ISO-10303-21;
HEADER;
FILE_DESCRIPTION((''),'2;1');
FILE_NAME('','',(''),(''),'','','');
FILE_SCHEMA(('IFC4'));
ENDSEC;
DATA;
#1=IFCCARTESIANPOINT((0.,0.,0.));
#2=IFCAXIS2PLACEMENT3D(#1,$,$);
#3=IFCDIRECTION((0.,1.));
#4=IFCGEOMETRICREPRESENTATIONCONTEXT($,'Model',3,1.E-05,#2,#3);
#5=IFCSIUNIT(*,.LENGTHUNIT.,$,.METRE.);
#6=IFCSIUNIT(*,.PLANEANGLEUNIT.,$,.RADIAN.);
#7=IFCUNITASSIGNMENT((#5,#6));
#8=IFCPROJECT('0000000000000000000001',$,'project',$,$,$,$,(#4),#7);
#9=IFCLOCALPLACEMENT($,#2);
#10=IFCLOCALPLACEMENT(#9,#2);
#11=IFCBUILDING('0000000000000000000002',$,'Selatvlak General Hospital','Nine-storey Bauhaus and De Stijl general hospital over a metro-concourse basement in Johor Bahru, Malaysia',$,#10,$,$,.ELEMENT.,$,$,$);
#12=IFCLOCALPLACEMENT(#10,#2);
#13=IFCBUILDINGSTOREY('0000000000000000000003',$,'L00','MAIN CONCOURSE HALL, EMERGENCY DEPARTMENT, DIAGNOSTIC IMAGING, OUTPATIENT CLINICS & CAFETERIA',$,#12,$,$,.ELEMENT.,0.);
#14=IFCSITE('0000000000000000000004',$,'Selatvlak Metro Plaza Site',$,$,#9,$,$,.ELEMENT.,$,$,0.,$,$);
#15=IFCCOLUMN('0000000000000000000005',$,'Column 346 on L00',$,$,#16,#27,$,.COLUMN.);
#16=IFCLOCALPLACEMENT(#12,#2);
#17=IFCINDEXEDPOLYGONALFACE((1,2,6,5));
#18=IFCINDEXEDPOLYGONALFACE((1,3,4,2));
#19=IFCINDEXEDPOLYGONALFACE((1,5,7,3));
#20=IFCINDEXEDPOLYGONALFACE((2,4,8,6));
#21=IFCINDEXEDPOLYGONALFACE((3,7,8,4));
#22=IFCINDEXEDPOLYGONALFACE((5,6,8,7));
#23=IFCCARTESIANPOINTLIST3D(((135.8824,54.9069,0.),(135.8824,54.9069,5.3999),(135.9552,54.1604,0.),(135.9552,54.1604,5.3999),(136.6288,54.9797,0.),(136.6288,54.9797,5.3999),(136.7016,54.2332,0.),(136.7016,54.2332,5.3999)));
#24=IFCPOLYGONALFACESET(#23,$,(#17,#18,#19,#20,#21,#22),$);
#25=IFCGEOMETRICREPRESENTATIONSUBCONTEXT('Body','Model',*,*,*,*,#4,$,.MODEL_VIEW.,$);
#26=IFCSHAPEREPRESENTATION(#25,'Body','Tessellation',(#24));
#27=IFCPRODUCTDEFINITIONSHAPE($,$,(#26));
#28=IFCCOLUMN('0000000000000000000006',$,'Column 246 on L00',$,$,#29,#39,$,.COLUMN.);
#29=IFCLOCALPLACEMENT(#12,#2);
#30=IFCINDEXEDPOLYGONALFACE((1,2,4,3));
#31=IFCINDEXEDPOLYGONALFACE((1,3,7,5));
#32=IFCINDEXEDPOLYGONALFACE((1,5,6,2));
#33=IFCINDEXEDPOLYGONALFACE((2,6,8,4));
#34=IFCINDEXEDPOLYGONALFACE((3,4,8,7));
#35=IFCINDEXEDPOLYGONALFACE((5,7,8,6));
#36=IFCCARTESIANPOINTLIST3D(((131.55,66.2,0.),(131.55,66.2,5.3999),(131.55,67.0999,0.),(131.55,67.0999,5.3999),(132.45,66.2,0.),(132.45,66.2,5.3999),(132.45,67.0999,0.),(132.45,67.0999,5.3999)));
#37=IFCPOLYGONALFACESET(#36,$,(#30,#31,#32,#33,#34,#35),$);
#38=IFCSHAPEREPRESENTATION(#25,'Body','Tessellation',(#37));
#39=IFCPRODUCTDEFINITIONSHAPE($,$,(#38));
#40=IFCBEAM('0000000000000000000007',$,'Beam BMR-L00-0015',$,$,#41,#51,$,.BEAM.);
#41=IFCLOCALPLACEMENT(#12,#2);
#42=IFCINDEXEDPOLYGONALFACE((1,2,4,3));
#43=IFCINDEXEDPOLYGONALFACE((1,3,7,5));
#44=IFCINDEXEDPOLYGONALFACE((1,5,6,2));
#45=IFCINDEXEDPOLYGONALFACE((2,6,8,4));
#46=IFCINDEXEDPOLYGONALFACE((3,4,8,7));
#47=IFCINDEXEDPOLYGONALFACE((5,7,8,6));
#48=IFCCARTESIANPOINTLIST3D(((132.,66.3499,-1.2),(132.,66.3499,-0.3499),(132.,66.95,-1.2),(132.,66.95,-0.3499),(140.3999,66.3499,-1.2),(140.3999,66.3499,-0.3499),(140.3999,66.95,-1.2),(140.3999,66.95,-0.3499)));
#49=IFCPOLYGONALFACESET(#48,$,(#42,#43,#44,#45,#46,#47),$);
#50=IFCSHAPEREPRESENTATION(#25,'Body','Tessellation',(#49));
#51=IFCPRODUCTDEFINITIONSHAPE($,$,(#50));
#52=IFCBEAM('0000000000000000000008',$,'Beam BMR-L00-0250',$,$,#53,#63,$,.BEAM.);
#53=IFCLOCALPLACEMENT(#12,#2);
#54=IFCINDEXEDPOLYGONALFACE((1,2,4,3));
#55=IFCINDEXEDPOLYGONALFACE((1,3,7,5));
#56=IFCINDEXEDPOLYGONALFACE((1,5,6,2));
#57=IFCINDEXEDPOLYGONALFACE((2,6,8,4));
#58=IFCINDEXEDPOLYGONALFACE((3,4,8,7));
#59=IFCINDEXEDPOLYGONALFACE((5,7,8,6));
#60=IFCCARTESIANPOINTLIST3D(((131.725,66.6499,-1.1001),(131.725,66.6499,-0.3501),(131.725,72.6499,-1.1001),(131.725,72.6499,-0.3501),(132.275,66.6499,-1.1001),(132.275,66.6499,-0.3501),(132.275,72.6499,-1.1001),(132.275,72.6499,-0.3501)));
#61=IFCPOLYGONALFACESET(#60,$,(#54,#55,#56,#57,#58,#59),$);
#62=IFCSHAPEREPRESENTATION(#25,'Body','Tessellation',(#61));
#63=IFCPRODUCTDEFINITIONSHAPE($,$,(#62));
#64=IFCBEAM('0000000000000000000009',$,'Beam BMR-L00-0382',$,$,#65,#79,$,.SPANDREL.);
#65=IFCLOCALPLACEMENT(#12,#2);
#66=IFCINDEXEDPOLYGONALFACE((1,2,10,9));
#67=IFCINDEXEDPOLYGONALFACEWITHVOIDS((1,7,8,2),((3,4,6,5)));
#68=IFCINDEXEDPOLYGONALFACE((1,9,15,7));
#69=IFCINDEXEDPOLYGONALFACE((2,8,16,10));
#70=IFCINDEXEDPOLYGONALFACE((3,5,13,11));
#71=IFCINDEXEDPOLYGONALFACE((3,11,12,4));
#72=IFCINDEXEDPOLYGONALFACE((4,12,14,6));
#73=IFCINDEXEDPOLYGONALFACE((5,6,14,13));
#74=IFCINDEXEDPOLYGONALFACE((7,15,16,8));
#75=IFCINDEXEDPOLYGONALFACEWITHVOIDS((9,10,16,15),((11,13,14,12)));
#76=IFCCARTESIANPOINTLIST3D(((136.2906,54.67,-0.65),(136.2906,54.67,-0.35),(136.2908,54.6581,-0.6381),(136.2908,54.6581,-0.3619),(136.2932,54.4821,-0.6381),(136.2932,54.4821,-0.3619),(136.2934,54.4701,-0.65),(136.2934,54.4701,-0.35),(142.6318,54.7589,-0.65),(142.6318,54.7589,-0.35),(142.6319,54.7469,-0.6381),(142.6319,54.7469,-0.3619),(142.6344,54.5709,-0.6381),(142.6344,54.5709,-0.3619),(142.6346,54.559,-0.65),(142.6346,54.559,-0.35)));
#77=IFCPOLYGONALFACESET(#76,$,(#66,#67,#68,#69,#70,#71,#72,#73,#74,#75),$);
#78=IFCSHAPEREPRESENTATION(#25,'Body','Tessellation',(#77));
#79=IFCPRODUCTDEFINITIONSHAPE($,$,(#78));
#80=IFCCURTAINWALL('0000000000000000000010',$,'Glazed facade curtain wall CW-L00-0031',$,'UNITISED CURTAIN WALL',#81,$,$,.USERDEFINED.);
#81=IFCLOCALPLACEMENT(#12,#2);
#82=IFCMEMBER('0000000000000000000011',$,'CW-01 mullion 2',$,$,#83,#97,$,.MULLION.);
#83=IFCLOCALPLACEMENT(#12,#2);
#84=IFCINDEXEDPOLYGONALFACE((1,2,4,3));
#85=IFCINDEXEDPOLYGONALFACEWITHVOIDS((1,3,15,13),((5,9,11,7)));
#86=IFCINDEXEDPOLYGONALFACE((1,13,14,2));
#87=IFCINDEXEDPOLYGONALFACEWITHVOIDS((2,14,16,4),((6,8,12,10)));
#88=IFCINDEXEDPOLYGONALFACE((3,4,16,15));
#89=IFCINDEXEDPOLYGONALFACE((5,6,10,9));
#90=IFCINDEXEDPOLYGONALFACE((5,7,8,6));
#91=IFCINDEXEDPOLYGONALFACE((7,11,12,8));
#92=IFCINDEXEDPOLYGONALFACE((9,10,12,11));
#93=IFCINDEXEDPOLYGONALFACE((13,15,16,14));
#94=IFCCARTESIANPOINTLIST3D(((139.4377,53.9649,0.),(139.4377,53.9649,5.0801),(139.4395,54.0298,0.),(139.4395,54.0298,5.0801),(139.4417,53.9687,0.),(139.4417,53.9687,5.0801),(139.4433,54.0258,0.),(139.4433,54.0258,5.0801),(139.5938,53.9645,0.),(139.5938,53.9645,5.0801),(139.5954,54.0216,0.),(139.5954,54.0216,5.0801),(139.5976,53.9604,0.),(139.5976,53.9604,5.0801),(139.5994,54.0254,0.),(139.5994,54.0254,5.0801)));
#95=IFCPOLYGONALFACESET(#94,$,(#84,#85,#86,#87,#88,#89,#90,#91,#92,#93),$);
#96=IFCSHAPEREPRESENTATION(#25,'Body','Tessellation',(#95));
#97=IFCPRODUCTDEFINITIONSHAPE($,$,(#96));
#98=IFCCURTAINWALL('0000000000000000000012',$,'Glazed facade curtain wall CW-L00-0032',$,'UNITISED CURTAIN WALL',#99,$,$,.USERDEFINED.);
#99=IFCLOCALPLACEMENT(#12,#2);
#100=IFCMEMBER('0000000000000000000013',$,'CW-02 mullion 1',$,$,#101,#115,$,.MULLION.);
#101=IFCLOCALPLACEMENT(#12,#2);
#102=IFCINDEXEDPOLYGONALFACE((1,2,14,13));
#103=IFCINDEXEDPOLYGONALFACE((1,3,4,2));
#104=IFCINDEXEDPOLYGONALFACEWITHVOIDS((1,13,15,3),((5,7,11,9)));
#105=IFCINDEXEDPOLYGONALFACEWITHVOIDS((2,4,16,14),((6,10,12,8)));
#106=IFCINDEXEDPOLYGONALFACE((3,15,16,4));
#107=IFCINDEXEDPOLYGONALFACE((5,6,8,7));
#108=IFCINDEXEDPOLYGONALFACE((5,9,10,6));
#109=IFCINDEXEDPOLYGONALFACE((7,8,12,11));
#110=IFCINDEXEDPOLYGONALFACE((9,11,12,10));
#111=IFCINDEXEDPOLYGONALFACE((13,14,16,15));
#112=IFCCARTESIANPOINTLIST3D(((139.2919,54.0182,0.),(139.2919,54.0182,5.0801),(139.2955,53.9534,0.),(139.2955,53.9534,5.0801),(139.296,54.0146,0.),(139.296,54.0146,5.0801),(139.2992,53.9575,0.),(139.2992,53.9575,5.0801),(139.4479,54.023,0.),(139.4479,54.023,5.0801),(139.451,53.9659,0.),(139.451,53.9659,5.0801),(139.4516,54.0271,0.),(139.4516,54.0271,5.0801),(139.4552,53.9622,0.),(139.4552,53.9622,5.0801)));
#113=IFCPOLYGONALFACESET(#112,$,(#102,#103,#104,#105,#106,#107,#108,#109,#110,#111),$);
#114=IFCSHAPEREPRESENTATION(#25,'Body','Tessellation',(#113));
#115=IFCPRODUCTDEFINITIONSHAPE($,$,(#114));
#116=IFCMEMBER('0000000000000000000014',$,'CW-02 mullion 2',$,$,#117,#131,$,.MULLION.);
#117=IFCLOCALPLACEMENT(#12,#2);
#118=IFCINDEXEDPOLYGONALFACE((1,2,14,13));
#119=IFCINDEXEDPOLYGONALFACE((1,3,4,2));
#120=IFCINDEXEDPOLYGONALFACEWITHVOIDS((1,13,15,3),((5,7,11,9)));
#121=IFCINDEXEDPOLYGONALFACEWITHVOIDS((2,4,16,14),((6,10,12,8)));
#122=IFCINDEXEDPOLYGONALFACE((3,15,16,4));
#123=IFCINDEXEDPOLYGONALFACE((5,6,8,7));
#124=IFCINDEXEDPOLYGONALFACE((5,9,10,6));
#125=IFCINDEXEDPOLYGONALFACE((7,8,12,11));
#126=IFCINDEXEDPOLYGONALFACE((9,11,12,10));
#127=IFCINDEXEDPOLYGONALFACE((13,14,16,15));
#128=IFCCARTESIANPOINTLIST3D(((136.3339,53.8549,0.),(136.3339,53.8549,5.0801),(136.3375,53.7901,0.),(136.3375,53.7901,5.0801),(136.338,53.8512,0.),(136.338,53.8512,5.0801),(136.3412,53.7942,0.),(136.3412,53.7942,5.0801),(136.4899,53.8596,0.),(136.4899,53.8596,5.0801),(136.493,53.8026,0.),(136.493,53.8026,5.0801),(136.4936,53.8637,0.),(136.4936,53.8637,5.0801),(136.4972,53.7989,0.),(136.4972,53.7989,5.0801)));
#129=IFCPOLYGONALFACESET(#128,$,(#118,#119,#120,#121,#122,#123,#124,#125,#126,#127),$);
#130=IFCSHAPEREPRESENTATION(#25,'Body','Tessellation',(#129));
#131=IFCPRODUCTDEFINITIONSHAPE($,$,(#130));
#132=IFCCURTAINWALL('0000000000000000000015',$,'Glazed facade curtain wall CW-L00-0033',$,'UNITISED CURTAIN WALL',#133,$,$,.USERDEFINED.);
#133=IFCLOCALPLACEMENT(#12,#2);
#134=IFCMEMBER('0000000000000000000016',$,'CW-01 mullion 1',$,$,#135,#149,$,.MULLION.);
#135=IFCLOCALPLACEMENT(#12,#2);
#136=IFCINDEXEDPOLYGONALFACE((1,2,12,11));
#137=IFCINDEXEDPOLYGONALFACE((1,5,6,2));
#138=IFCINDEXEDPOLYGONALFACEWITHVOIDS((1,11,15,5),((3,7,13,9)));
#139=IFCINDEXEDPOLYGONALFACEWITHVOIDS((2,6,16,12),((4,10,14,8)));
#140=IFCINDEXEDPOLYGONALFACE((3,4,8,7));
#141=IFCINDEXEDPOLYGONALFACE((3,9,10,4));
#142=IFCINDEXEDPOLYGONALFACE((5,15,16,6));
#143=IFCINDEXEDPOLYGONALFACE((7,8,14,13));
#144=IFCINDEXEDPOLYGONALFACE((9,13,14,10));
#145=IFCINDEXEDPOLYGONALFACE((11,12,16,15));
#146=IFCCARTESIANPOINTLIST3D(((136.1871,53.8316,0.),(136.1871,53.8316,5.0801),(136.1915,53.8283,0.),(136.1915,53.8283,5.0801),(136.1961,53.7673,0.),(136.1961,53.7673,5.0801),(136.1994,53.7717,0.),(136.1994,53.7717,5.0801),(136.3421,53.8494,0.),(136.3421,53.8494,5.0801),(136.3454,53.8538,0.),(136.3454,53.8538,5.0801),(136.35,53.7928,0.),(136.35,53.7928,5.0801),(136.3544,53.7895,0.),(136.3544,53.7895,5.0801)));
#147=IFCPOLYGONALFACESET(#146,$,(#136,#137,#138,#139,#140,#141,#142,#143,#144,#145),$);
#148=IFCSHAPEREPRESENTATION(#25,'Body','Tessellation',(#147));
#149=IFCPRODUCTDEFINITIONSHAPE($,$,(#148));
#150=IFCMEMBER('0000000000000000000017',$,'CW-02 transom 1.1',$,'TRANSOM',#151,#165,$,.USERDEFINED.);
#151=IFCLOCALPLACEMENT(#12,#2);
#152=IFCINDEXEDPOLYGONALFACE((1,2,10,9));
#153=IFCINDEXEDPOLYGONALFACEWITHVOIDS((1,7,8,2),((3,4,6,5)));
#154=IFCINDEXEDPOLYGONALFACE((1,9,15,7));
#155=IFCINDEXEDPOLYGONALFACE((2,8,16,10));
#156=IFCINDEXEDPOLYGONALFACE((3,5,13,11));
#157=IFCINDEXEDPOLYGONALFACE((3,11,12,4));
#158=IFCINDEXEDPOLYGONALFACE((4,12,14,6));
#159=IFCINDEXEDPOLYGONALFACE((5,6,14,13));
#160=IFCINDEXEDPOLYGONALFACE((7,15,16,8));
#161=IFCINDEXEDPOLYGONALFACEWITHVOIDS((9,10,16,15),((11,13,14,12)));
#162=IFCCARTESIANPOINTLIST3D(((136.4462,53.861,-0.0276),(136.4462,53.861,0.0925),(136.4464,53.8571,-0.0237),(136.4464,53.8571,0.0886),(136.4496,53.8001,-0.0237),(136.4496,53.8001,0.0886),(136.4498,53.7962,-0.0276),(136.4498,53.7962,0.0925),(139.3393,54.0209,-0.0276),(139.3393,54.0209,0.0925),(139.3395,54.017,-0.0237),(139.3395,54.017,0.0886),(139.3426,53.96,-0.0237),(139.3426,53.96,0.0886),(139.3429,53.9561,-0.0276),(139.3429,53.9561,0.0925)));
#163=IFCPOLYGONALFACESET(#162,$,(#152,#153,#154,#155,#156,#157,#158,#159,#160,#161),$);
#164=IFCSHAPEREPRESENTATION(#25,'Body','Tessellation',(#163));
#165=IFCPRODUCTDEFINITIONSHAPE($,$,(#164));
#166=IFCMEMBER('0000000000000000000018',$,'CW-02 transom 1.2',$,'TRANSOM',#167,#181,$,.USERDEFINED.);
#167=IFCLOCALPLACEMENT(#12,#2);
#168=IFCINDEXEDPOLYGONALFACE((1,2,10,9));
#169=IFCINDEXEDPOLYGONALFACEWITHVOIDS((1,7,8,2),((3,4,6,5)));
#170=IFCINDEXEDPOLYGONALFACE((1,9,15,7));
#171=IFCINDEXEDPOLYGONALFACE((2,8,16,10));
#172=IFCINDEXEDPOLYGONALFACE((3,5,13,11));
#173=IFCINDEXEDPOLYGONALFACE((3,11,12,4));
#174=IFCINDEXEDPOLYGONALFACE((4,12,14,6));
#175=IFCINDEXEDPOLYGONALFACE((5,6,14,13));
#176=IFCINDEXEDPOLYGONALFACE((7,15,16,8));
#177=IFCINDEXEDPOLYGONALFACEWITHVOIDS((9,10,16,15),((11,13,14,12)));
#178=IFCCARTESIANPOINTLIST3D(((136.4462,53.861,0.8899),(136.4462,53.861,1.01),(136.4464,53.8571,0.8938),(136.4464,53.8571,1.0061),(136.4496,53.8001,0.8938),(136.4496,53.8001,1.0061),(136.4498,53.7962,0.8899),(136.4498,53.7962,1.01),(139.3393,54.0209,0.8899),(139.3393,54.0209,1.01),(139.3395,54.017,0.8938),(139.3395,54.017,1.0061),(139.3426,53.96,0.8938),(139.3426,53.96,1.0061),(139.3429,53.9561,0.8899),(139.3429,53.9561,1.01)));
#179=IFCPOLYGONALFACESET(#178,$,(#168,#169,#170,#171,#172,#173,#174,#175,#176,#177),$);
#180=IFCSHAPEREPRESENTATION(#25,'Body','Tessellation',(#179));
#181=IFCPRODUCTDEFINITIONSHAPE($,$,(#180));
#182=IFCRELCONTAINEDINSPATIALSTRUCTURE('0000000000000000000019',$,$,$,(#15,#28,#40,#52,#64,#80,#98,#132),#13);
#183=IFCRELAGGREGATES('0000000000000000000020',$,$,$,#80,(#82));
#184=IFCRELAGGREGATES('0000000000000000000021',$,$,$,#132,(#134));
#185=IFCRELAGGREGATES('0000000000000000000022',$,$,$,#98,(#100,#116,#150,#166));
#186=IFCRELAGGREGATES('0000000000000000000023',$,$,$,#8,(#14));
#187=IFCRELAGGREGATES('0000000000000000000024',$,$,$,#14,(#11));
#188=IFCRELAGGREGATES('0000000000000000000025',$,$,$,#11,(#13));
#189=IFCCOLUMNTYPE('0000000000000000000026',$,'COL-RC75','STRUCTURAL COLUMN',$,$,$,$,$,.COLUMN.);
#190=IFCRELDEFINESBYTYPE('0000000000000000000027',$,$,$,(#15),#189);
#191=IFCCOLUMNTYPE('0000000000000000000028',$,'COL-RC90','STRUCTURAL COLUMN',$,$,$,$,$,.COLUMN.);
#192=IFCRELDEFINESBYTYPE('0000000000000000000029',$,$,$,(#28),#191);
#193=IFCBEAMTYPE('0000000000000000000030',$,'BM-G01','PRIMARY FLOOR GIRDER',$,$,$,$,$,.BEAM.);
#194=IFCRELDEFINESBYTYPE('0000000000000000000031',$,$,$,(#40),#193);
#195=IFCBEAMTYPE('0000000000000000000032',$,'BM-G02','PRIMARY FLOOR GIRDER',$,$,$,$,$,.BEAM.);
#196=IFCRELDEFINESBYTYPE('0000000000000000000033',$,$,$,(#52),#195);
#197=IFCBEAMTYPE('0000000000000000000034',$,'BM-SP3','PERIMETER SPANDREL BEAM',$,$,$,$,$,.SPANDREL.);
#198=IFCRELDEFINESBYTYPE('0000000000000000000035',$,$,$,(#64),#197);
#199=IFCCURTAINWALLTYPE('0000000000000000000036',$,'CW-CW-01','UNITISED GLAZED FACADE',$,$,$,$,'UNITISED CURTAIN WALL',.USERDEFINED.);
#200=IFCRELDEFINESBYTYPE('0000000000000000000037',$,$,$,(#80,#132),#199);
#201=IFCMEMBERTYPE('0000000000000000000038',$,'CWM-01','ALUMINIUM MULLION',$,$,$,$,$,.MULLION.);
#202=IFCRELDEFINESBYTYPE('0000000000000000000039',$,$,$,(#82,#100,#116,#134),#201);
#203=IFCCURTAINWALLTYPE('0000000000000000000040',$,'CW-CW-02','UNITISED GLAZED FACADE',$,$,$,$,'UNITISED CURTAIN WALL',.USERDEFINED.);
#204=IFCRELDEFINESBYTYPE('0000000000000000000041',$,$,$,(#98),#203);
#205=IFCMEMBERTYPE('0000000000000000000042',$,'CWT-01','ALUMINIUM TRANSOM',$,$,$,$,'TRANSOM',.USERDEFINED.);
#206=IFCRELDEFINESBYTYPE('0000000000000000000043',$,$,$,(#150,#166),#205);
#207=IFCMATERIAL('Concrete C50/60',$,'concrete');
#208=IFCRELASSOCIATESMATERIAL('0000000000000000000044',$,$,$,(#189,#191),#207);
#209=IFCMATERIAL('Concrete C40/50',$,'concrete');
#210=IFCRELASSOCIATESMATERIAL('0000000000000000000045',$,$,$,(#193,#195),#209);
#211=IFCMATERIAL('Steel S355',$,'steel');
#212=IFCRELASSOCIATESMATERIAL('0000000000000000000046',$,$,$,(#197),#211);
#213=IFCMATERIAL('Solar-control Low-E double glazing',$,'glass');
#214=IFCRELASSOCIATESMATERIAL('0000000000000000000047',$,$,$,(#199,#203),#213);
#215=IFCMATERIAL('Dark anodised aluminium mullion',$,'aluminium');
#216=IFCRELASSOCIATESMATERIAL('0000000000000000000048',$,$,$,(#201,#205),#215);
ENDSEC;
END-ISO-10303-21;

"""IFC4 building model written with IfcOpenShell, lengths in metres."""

from ifc_helpers import new_model, si_unit, direction, frame, origin, origin_2d, place, context, subcontext, project, spatial, rectangle, hollow_rectangle, extrude, material, material_profile, profile_set, type_object, element, aggregate, save


model = new_model("IFC4")

# Units and contexts
model_context = context("Model", 3, precision=1e-05, world=origin(), true_north=direction((0.0, 1.0)))
body_context = subcontext(model_context, "Body", "Model", "MODEL_VIEW")
ifc_project = project(units=[si_unit("LENGTHUNIT", "METRE"), si_unit("PLANEANGLEUNIT", "RADIAN")], contexts=[model_context])

# Site, building, storey
site_placement = place(None, origin())
site = spatial("IfcSite", under=ifc_project, at=site_placement, Name="Selatvlak Metro Plaza Site", CompositionType="ELEMENT", RefElevation=0.0)
building_placement = place(site_placement, origin())
building = spatial("IfcBuilding", under=site, at=building_placement, Name="Selatvlak General Hospital", Description="Nine-storey Bauhaus and De Stijl general hospital over a metro-concourse basement in Johor Bahru, Malaysia", CompositionType="ELEMENT")
storey_placement = place(building_placement, origin())
storey = spatial("IfcBuildingStorey", under=building, at=storey_placement, Name="L00", Description="MAIN CONCOURSE HALL, EMERGENCY DEPARTMENT, DIAGNOSTIC IMAGING, OUTPATIENT CLINICS & CAFETERIA", CompositionType="ELEMENT", Elevation=0.0)

# Columns
ifc_material_1 = material(Name="Concrete C50/60", Category="concrete")
ifc_material_profile_1 = material_profile(ifc_material_1, rectangle(XDim=0.75, YDim=0.75, at=origin_2d()), Name="RC-COL 750x750")
ifc_profile_set_1 = profile_set([ifc_material_profile_1], Name="Concrete C50/60")
column_type_1 = type_object("IfcColumnType", Name="COL-RC75", Description="STRUCTURAL COLUMN", PredefinedType="COLUMN", material=ifc_profile_set_1)
column_1_placement = place(storey_placement, frame((136.292, 54.5701, 0.0), z_axis=(0.0, 0.0, 1.0), x_axis=(-0.097062, 0.995278, 0.0)))
element("IfcColumn", 1, at=column_1_placement, inside=storey, type_object=column_type_1, Name="Column 346 on L00", PredefinedType="COLUMN", context=body_context, shape_type="SweptSolid", body=[
    extrude(rectangle(XDim=0.75, YDim=0.75, at=origin_2d()), origin(), (0.0, 0.0, 1.0), 5.3999),
])
ifc_material_profile_2 = material_profile(ifc_material_1, rectangle(XDim=0.8999, YDim=0.8999, at=origin_2d()), Name="RC-COL 900x900")
ifc_profile_set_2 = profile_set([ifc_material_profile_2], Name="Concrete C50/60")
column_type_2 = type_object("IfcColumnType", Name="COL-RC90", Description="STRUCTURAL COLUMN", PredefinedType="COLUMN", material=ifc_profile_set_2)
column_2_placement = place(storey_placement, frame((132.0, 66.6499, 0.0), z_axis=(0.0, 0.0, 1.0), x_axis=(1.0, 0.0, 0.0)))
element("IfcColumn", 2, at=column_2_placement, inside=storey, type_object=column_type_2, Name="Column 246 on L00", PredefinedType="COLUMN", context=body_context, shape_type="SweptSolid", body=[
    extrude(rectangle(XDim=0.8999, YDim=0.8999, at=origin_2d()), origin(), (0.0, 0.0, 1.0), 5.3999),
])

# Beams
ifc_material_2 = material(Name="Concrete C40/50", Category="concrete")
ifc_material_profile_3 = material_profile(ifc_material_2, rectangle(XDim=0.6001, YDim=0.8501, at=origin_2d()), Name="RC-BM 600x850")
ifc_profile_set_3 = profile_set([ifc_material_profile_3], Name="Concrete C40/50")
beam_type_1 = type_object("IfcBeamType", Name="BM-G01", Description="PRIMARY FLOOR GIRDER", PredefinedType="BEAM", material=ifc_profile_set_3)
beam_1_placement = place(storey_placement, frame((132.0, 66.6499, -0.7749), z_axis=(1.0, 0.0, 0.0), x_axis=(0.0, 1.0, 0.0)))
element("IfcBeam", 3, at=beam_1_placement, inside=storey, type_object=beam_type_1, Name="Beam BMR-L00-0015", PredefinedType="BEAM", context=body_context, shape_type="SweptSolid", body=[
    extrude(rectangle(XDim=0.6001, YDim=0.8501, at=origin_2d()), origin(), (0.0, 0.0, 1.0), 8.3999),
])
ifc_material_profile_4 = material_profile(ifc_material_2, rectangle(XDim=0.55, YDim=0.75, at=origin_2d()), Name="RC-BM 550x750")
ifc_profile_set_4 = profile_set([ifc_material_profile_4], Name="Concrete C40/50")
beam_type_2 = type_object("IfcBeamType", Name="BM-G02", Description="PRIMARY FLOOR GIRDER", PredefinedType="BEAM", material=ifc_profile_set_4)
beam_2_placement = place(storey_placement, frame((132.0, 66.6499, -0.7251), z_axis=(0.0, 1.0, 0.0), x_axis=(-1.0, 0.0, 0.0)))
element("IfcBeam", 4, at=beam_2_placement, inside=storey, type_object=beam_type_2, Name="Beam BMR-L00-0250", PredefinedType="BEAM", context=body_context, shape_type="SweptSolid", body=[
    extrude(rectangle(XDim=0.55, YDim=0.75, at=origin_2d()), origin(), (0.0, 0.0, 1.0), 6.0),
])
ifc_material_3 = material(Name="Steel S355", Category="steel")
ifc_material_profile_5 = material_profile(ifc_material_3, hollow_rectangle(XDim=0.2, YDim=0.3, WallThickness=0.012, at=origin_2d()), Name="RHS 300x200x12")
ifc_profile_set_5 = profile_set([ifc_material_profile_5], Name="Steel S355")
beam_type_3 = type_object("IfcBeamType", Name="BM-SP3", Description="PERIMETER SPANDREL BEAM", PredefinedType="SPANDREL", material=ifc_profile_set_5)
beam_3_placement = place(storey_placement, frame((136.292, 54.5701, -0.5), z_axis=(0.999902, 0.014013, 0.0), x_axis=(-0.014013, 0.999902, 0.0)))
element("IfcBeam", 5, at=beam_3_placement, inside=storey, type_object=beam_type_3, Name="Beam BMR-L00-0382", PredefinedType="SPANDREL", context=body_context, shape_type="SweptSolid", body=[
    extrude(hollow_rectangle(XDim=0.2, YDim=0.3, WallThickness=0.012, at=origin_2d()), origin(), (0.0, 0.0, 1.0), 6.3418),
])

# Curtain wall, member
ifc_material_4 = material(Name="Solar-control Low-E double glazing", Category="glass")
curtain_wall_type_1 = type_object("IfcCurtainWallType", Name="CW-CW-01", Description="UNITISED GLAZED FACADE", ElementType="UNITISED CURTAIN WALL", PredefinedType="USERDEFINED", material=ifc_material_4)
curtain_wall_1_placement = place(storey_placement, origin())
curtain_wall_1 = element("IfcCurtainWall", 6, at=curtain_wall_1_placement, inside=storey, type_object=curtain_wall_type_1, Name="Glazed facade curtain wall CW-L00-0031", ObjectType="UNITISED CURTAIN WALL", PredefinedType="USERDEFINED")
ifc_material_5 = material(Name="Dark anodised aluminium mullion", Category="aluminium")
ifc_material_profile_6 = material_profile(ifc_material_5, hollow_rectangle(XDim=0.0649, YDim=0.1599, WallThickness=0.0039, at=origin_2d()), Name="AL-MUL 65x160x4")
ifc_profile_set_6 = profile_set([ifc_material_profile_6], Name="Dark anodised aluminium mullion")
member_type_1 = type_object("IfcMemberType", Name="CWM-01", Description="ALUMINIUM MULLION", PredefinedType="MULLION", material=ifc_profile_set_6)
member_1_placement = place(storey_placement, frame((139.5186, 53.9951, 0.0), z_axis=(0.0, 0.0, 1.0), x_axis=(-0.027694, -0.999616, 0.0)))
member_1 = element("IfcMember", 7, at=member_1_placement, type_object=member_type_1, Name="CW-01 mullion 2", PredefinedType="MULLION", context=body_context, shape_type="SweptSolid", body=[
    extrude(hollow_rectangle(XDim=0.0649, YDim=0.1599, WallThickness=0.0039, at=origin_2d()), origin(), (0.0, 0.0, 1.0), 5.0801),
])
aggregate(curtain_wall_1, [member_1])

# Curtain wall, members
curtain_wall_type_2 = type_object("IfcCurtainWallType", Name="CW-CW-02", Description="UNITISED GLAZED FACADE", ElementType="UNITISED CURTAIN WALL", PredefinedType="USERDEFINED", material=ifc_material_4)
curtain_wall_2_placement = place(storey_placement, origin())
curtain_wall_2 = element("IfcCurtainWall", 8, at=curtain_wall_2_placement, inside=storey, type_object=curtain_wall_type_2, Name="Glazed facade curtain wall CW-L00-0032", ObjectType="UNITISED CURTAIN WALL", PredefinedType="USERDEFINED")
member_2_placement = place(storey_placement, frame((139.3735, 53.9902, 0.0), z_axis=(0.0, 0.0, 1.0), x_axis=(0.055159, -0.998478, 0.0)))
member_2 = element("IfcMember", 9, at=member_2_placement, type_object=member_type_1, Name="CW-02 mullion 1", PredefinedType="MULLION", context=body_context, shape_type="SweptSolid", body=[
    extrude(hollow_rectangle(XDim=0.0649, YDim=0.1599, WallThickness=0.0039, at=origin_2d()), origin(), (0.0, 0.0, 1.0), 5.0801),
])
member_3_placement = place(storey_placement, frame((136.4155, 53.8269, 0.0), z_axis=(0.0, 0.0, 1.0), x_axis=(0.055159, -0.998478, 0.0)))
member_3 = element("IfcMember", 10, at=member_3_placement, type_object=member_type_1, Name="CW-02 mullion 2", PredefinedType="MULLION", context=body_context, shape_type="SweptSolid", body=[
    extrude(hollow_rectangle(XDim=0.0649, YDim=0.1599, WallThickness=0.0039, at=origin_2d()), origin(), (0.0, 0.0, 1.0), 5.0801),
])

# Curtain wall, member
curtain_wall_3_placement = place(storey_placement, origin())
curtain_wall_3 = element("IfcCurtainWall", 11, at=curtain_wall_3_placement, inside=storey, type_object=curtain_wall_type_1, Name="Glazed facade curtain wall CW-L00-0033", ObjectType="UNITISED CURTAIN WALL", PredefinedType="USERDEFINED")
member_4_placement = place(storey_placement, frame((136.2708, 53.8105, 0.0), z_axis=(0.0, 0.0, 1.0), x_axis=(0.138422, -0.990373, 0.0)))
member_4 = element("IfcMember", 12, at=member_4_placement, type_object=member_type_1, Name="CW-01 mullion 1", PredefinedType="MULLION", context=body_context, shape_type="SweptSolid", body=[
    extrude(hollow_rectangle(XDim=0.0649, YDim=0.1599, WallThickness=0.0039, at=origin_2d()), origin(), (0.0, 0.0, 1.0), 5.0801),
])

# Members
ifc_material_profile_7 = material_profile(ifc_material_5, hollow_rectangle(XDim=0.0649, YDim=0.1201, WallThickness=0.0039, at=origin_2d()), Name="AL-TRN 65x120x4")
ifc_profile_set_7 = profile_set([ifc_material_profile_7], Name="Dark anodised aluminium mullion")
member_type_2 = type_object("IfcMemberType", Name="CWT-01", Description="ALUMINIUM TRANSOM", ElementType="TRANSOM", PredefinedType="USERDEFINED", material=ifc_profile_set_7)
member_5_placement = place(storey_placement, frame((139.3411, 53.9885, 0.0325), z_axis=(-0.998476, -0.05519, 0.0), x_axis=(0.05519, -0.998476, 0.0)))
member_5 = element("IfcMember", 13, at=member_5_placement, type_object=member_type_2, Name="CW-02 transom 1.1", ObjectType="TRANSOM", PredefinedType="USERDEFINED", context=body_context, shape_type="SweptSolid", body=[
    extrude(hollow_rectangle(XDim=0.0649, YDim=0.1201, WallThickness=0.0039, at=origin_2d()), origin(), (0.0, 0.0, 1.0), 2.8975),
])
member_6_placement = place(storey_placement, frame((139.3411, 53.9885, 0.95), z_axis=(-0.998476, -0.05519, 0.0), x_axis=(0.05519, -0.998476, 0.0)))
member_6 = element("IfcMember", 14, at=member_6_placement, type_object=member_type_2, Name="CW-02 transom 1.2", ObjectType="TRANSOM", PredefinedType="USERDEFINED", context=body_context, shape_type="SweptSolid", body=[
    extrude(hollow_rectangle(XDim=0.0649, YDim=0.1201, WallThickness=0.0039, at=origin_2d()), origin(), (0.0, 0.0, 1.0), 2.8975),
])
aggregate(curtain_wall_3, [member_4])

aggregate(curtain_wall_2, [member_2, member_3, member_5, member_6])

save(model, "model.ifc")
